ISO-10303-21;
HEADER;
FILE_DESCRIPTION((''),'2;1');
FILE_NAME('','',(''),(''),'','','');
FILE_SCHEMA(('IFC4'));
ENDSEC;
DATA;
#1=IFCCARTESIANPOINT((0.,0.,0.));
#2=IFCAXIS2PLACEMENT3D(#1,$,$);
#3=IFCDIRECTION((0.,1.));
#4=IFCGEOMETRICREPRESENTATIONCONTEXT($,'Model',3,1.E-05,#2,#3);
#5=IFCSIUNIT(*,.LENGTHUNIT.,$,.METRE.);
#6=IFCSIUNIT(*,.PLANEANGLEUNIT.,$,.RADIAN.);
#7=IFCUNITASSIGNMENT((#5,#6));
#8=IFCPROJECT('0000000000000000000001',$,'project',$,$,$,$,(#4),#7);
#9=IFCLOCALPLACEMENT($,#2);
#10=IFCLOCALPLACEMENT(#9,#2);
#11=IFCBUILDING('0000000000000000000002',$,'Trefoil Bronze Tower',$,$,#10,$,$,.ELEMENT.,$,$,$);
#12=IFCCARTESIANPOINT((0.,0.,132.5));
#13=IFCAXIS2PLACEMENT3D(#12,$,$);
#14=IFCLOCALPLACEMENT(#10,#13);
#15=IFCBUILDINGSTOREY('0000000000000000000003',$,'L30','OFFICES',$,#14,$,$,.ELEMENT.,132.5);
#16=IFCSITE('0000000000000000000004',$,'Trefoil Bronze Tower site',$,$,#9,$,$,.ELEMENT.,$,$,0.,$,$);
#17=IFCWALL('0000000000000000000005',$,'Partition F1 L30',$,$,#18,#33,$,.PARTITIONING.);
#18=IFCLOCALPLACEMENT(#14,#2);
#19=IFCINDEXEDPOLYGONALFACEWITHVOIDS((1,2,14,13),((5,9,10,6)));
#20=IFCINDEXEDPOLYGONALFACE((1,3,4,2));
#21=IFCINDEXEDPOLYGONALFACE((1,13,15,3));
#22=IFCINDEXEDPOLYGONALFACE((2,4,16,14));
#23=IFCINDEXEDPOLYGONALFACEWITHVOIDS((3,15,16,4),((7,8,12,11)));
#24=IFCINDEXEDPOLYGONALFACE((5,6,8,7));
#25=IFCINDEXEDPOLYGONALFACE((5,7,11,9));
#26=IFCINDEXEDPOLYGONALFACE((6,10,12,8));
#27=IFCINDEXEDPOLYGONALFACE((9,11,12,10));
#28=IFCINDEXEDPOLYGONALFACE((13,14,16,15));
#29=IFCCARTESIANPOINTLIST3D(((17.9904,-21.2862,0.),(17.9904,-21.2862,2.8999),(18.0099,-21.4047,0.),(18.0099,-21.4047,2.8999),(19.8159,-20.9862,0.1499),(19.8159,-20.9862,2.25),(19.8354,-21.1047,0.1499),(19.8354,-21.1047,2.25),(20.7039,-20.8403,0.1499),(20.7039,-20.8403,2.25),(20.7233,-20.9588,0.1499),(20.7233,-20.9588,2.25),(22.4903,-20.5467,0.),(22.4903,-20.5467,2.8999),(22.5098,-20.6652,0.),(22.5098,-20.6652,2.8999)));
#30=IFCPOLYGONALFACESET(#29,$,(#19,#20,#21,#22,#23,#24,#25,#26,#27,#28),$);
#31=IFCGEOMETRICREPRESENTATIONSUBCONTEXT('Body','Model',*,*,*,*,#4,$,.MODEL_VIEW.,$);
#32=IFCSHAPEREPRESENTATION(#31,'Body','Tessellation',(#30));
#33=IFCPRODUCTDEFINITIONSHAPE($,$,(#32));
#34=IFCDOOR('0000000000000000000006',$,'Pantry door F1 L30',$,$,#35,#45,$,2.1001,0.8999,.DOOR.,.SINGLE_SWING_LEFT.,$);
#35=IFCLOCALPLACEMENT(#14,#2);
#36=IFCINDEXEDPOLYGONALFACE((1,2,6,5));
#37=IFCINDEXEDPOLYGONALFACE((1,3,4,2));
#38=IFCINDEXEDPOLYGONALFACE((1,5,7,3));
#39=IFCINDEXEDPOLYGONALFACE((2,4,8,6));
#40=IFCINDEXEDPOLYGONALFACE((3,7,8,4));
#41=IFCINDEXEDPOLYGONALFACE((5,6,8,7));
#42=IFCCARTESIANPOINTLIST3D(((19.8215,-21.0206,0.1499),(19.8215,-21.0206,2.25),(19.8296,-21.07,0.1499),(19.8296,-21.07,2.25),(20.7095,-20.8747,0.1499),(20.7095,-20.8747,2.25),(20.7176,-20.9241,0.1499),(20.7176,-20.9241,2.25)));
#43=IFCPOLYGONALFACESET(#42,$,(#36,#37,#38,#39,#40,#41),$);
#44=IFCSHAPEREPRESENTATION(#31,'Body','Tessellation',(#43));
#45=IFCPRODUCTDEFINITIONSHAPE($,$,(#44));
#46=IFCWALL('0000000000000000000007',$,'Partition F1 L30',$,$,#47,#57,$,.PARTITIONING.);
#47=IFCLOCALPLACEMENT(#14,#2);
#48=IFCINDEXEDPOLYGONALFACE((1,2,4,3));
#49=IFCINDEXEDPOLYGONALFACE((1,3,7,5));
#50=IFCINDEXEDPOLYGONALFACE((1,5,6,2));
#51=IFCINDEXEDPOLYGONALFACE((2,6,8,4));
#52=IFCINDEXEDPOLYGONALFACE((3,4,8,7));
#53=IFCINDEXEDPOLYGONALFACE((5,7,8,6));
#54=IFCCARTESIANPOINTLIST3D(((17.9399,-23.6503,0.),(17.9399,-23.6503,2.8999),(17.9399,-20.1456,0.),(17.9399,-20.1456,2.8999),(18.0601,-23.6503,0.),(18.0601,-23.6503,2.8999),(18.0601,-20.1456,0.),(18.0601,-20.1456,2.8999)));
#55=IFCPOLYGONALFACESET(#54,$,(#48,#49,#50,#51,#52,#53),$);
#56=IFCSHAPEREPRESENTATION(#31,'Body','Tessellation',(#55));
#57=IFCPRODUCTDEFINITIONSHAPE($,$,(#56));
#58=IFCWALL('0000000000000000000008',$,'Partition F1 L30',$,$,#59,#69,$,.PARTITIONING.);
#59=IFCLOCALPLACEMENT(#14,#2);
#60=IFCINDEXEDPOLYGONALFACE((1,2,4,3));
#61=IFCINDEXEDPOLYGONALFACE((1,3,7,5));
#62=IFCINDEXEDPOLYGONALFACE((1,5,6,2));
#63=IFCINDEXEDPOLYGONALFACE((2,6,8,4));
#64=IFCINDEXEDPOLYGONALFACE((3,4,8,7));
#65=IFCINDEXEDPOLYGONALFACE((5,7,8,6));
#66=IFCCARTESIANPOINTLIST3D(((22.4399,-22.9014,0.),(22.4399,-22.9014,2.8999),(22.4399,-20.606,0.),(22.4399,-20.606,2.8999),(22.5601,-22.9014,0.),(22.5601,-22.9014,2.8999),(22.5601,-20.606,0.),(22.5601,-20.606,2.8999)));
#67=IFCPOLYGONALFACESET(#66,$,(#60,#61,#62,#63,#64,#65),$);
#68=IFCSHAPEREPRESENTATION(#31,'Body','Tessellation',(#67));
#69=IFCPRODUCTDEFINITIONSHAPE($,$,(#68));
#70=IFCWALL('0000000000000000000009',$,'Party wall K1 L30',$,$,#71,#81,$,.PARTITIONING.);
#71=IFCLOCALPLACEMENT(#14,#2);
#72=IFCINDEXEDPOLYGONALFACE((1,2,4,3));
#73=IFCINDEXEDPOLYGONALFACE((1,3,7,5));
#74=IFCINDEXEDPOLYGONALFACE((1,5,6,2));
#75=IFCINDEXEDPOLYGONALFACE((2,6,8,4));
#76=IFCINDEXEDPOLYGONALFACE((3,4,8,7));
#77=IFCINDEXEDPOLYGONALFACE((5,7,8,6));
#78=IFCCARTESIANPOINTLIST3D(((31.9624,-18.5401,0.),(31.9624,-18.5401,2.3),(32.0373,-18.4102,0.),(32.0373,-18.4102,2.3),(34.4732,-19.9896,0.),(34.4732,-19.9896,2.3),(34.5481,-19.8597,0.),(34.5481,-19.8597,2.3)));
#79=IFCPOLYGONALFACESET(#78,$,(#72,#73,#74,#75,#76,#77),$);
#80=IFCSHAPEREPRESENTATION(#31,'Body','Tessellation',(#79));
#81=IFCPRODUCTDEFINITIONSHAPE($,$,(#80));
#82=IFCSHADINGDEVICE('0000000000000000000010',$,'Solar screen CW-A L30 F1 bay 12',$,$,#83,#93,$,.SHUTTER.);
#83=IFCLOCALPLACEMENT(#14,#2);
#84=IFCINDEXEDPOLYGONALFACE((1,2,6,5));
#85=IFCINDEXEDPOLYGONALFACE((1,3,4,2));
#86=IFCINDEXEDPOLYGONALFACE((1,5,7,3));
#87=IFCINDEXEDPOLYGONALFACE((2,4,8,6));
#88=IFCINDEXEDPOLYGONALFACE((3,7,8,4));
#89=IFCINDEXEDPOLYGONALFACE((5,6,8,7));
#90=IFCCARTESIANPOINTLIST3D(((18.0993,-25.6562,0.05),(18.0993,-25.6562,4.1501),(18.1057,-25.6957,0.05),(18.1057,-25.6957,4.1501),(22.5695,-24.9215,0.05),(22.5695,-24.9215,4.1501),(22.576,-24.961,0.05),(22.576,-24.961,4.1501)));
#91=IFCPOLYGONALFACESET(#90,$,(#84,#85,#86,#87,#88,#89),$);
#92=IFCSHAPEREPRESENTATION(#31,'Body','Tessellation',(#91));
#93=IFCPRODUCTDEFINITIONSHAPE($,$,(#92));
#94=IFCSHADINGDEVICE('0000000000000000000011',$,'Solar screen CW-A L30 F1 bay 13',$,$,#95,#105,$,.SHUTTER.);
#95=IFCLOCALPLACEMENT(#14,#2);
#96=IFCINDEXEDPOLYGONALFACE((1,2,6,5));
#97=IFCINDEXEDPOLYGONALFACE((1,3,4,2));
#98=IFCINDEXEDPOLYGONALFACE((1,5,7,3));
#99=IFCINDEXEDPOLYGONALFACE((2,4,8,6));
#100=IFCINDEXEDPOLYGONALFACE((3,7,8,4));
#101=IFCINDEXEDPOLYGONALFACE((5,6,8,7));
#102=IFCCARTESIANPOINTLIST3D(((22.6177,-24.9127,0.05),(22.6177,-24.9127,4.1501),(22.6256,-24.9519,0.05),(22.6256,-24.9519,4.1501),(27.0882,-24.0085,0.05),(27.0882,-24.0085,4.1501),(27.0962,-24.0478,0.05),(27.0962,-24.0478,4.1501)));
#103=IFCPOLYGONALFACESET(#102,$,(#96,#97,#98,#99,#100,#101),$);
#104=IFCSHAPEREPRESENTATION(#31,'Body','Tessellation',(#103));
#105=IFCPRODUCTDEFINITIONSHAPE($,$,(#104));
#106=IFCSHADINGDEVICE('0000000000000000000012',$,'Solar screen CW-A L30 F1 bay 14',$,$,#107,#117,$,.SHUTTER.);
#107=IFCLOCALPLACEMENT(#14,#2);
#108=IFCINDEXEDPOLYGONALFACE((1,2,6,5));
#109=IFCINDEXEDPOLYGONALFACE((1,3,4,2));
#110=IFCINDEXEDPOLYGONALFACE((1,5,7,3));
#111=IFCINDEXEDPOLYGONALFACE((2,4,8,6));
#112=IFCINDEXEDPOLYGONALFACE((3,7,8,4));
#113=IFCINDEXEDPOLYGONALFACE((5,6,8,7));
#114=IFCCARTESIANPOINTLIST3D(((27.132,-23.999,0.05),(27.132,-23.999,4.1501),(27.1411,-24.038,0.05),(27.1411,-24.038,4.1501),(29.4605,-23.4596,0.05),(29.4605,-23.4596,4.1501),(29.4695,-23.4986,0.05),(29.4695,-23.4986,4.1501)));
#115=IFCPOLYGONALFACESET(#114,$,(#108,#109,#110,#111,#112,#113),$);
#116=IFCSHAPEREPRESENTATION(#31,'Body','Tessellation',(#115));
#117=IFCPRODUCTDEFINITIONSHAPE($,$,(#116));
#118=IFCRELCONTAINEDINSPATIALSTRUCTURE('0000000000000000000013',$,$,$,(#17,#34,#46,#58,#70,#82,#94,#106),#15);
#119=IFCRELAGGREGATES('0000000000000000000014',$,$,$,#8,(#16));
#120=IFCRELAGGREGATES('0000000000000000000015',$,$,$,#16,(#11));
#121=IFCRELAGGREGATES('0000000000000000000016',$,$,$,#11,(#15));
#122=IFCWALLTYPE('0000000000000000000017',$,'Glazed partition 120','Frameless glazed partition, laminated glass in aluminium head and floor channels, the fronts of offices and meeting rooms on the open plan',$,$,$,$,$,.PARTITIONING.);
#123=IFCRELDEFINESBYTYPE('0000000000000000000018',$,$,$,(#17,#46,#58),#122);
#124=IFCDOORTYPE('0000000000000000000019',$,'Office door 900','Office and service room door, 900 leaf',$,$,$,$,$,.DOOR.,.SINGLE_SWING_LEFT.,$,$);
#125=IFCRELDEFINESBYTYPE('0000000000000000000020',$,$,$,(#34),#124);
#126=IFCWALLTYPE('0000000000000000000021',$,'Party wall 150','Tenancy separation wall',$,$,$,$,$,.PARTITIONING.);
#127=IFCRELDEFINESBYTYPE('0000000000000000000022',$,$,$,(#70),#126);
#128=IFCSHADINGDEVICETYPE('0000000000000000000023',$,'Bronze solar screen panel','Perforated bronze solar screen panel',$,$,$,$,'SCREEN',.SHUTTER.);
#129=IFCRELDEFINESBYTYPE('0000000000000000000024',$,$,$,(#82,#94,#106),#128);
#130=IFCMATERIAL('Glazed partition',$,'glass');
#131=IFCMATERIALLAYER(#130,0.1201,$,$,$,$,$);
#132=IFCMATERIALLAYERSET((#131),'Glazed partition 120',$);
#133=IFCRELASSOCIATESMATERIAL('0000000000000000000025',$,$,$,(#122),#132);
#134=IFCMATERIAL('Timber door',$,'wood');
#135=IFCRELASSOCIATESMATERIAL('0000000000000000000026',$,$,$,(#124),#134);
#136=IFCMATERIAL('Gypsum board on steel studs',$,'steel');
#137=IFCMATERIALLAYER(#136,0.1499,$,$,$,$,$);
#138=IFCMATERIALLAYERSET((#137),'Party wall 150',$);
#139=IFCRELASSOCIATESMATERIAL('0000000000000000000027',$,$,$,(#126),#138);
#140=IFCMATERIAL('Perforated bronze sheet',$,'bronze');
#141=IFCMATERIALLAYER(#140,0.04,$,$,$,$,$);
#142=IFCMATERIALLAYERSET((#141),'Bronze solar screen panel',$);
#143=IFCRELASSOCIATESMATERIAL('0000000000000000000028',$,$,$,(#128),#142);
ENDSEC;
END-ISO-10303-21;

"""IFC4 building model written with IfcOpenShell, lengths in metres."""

from ifc_helpers import new_model, si_unit, direction, frame, frame_2d, origin, origin_2d, place, context, subcontext, project, spatial, rectangle, extrude, material, layer, layer_set, type_object, element, fill, save


model = new_model("IFC4")

# Units and contexts
model_context = context("Model", 3, precision=1e-05, world=origin(), true_north=direction((0.0, 1.0)))
body_context = subcontext(model_context, "Body", "Model", "MODEL_VIEW")
ifc_project = project(units=[si_unit("LENGTHUNIT", "METRE"), si_unit("PLANEANGLEUNIT", "RADIAN")], contexts=[model_context])

# Site, building, storey
site_placement = place(None, origin())
site = spatial("IfcSite", under=ifc_project, at=site_placement, Name="Trefoil Bronze Tower site", CompositionType="ELEMENT", RefElevation=0.0)
building_placement = place(site_placement, origin())
building = spatial("IfcBuilding", under=site, at=building_placement, Name="Trefoil Bronze Tower", CompositionType="ELEMENT")
storey_placement = place(building_placement, frame((0.0, 0.0, 132.5)))
storey = spatial("IfcBuildingStorey", under=building, at=storey_placement, Name="L30", Description="OFFICES", CompositionType="ELEMENT", Elevation=132.5)

# Wall, opening, door
ifc_material_1 = material(Name="Glazed partition", Category="glass")
ifc_layer_1 = layer(ifc_material_1, 0.1201)
ifc_layer_set_1 = layer_set([ifc_layer_1], Name="Glazed partition 120")
wall_type_1 = type_object("IfcWallType", Name="Glazed partition 120", Description="Frameless glazed partition, laminated glass in aluminium head and floor channels, the fronts of offices and meeting rooms on the open plan", PredefinedType="PARTITIONING", material=ifc_layer_set_1)
wall_1_placement = place(storey_placement, frame((18.0, -21.3455, 0.0), z_axis=(0.0, 0.0, 1.0), x_axis=(0.986765, 0.162159, 0.0)))
wall_1 = element("IfcWall", 1, at=wall_1_placement, inside=storey, type_object=wall_type_1, Name="Partition F1 L30", PredefinedType="PARTITIONING", context=body_context, shape_type="SweptSolid", body=[
    extrude(rectangle(XDim=4.5603, YDim=0.1201, at=frame_2d((2.2803, 0.0))), origin(), (0.0, 0.0, 1.0), 2.8999),
])
opening_placement = place(wall_1_placement, frame((1.8501, 0.0, 0.1499)))
opening = element("IfcOpeningElement", 2, at=opening_placement, cuts=wall_1, PredefinedType="OPENING", context=body_context, shape_type="SweptSolid", body=[
    extrude(rectangle(XDim=0.8999, YDim=2.1001, at=frame_2d((0.45, 1.05))), frame((0.0, 0.0701, 0.0), z_axis=(0.0, -1.0, 0.0), x_axis=(1.0, 0.0, 0.0)), (0.0, 0.0, 1.0), 0.1401),
])
ifc_material_2 = material(Name="Timber door", Category="wood")
door_type = type_object("IfcDoorType", Name="Office door 900", Description="Office and service room door, 900 leaf", OperationType="SINGLE_SWING_LEFT", PredefinedType="DOOR", material=ifc_material_2)
door_placement = place(opening_placement, frame((0.8999, 0.0, 0.0), z_axis=(0.0, 0.0, 1.0), x_axis=(-1.0, 0.0, 0.0)))
door = element("IfcDoor", 3, at=door_placement, inside=storey, type_object=door_type, Name="Pantry door F1 L30", OperationType="SINGLE_SWING_LEFT", OverallHeight=2.1001, OverallWidth=0.8999, PredefinedType="DOOR", context=body_context, shape_type="SweptSolid", body=[
    extrude(rectangle(XDim=0.8999, YDim=2.1001, at=frame_2d((0.45, 1.05))), frame((0.0, 0.0249, 0.0), z_axis=(0.0, -1.0, 0.0), x_axis=(1.0, 0.0, 0.0)), (0.0, 0.0, 1.0), 0.05),
])
fill(opening, door)

# Walls
wall_2_placement = place(storey_placement, frame((18.0, -20.1455, 0.0), z_axis=(0.0, 0.0, 1.0), x_axis=(0.0, -1.0, 0.0)))
element("IfcWall", 4, at=wall_2_placement, inside=storey, type_object=wall_type_1, Name="Partition F1 L30", PredefinedType="PARTITIONING", context=body_context, shape_type="SweptSolid", body=[
    extrude(rectangle(XDim=3.5046, YDim=0.1201, at=frame_2d((1.7524, 0.0))), origin(), (0.0, 0.0, 1.0), 2.8999),
])
wall_3_placement = place(storey_placement, frame((22.5, -20.606, 0.0), z_axis=(0.0, 0.0, 1.0), x_axis=(0.0, -1.0, 0.0)))
element("IfcWall", 5, at=wall_3_placement, inside=storey, type_object=wall_type_1, Name="Partition F1 L30", PredefinedType="PARTITIONING", context=body_context, shape_type="SweptSolid", body=[
    extrude(rectangle(XDim=2.2954, YDim=0.1201, at=frame_2d((1.1477, 0.0))), origin(), (0.0, 0.0, 1.0), 2.8999),
])
ifc_material_3 = material(Name="Gypsum board on steel studs", Category="steel")
ifc_layer_2 = layer(ifc_material_3, 0.1499)
ifc_layer_set_2 = layer_set([ifc_layer_2], Name="Party wall 150")
wall_type_2 = type_object("IfcWallType", Name="Party wall 150", Description="Tenancy separation wall", PredefinedType="PARTITIONING", material=ifc_layer_set_2)
wall_4_placement = place(storey_placement, frame((31.9998, -18.4751, 0.0), z_axis=(0.0, 0.0, 1.0), x_axis=(0.866043, -0.49997, 0.0)))
element("IfcWall", 6, at=wall_4_placement, inside=storey, type_object=wall_type_2, Name="Party wall K1 L30", PredefinedType="PARTITIONING", context=body_context, shape_type="SweptSolid", body=[
    extrude(rectangle(XDim=2.8992, YDim=0.1499, at=frame_2d((1.4497, 0.0))), origin(), (0.0, 0.0, 1.0), 2.3),
])

# Shading devices
ifc_material_4 = material(Name="Perforated bronze sheet", Category="bronze")
ifc_layer_3 = layer(ifc_material_4, 0.04)
ifc_layer_set_3 = layer_set([ifc_layer_3], Name="Bronze solar screen panel")
shading_device_type = type_object("IfcShadingDeviceType", Name="Bronze solar screen panel", Description="Perforated bronze solar screen panel", ElementType="SCREEN", PredefinedType="SHUTTER", material=ifc_layer_set_3)
shading_device_1_placement = place(storey_placement, frame((20.3376, -25.3086, 0.05), z_axis=(0.0, 0.0, 1.0), x_axis=(0.98676, 0.162189, 0.0)))
element("IfcShadingDevice", 7, at=shading_device_1_placement, inside=storey, type_object=shading_device_type, Name="Solar screen CW-A L30 F1 bay 12", PredefinedType="SHUTTER", context=body_context, shape_type="SweptSolid", body=[
    extrude(rectangle(XDim=4.5303, YDim=0.04, at=origin_2d()), origin(), (0.0, 0.0, 1.0), 4.1001),
])
shading_device_2_placement = place(storey_placement, frame((24.8569, -24.4802, 0.05), z_axis=(0.0, 0.0, 1.0), x_axis=(0.980155, 0.198232, 0.0)))
element("IfcShadingDevice", 8, at=shading_device_2_placement, inside=storey, type_object=shading_device_type, Name="Solar screen CW-A L30 F1 bay 13", PredefinedType="SHUTTER", context=body_context, shape_type="SweptSolid", body=[
    extrude(rectangle(XDim=4.561, YDim=0.04, at=origin_2d()), origin(), (0.0, 0.0, 1.0), 4.1001),
])
shading_device_3_placement = place(storey_placement, frame((28.3008, -23.7488, 0.05), z_axis=(0.0, 0.0, 1.0), x_axis=(0.974204, 0.225667, 0.0)))
element("IfcShadingDevice", 9, at=shading_device_3_placement, inside=storey, type_object=shading_device_type, Name="Solar screen CW-A L30 F1 bay 14", PredefinedType="SHUTTER", context=body_context, shape_type="SweptSolid", body=[
    extrude(rectangle(XDim=2.3901, YDim=0.04, at=origin_2d()), origin(), (0.0, 0.0, 1.0), 4.1001),
])

save(model, "model.ifc")
